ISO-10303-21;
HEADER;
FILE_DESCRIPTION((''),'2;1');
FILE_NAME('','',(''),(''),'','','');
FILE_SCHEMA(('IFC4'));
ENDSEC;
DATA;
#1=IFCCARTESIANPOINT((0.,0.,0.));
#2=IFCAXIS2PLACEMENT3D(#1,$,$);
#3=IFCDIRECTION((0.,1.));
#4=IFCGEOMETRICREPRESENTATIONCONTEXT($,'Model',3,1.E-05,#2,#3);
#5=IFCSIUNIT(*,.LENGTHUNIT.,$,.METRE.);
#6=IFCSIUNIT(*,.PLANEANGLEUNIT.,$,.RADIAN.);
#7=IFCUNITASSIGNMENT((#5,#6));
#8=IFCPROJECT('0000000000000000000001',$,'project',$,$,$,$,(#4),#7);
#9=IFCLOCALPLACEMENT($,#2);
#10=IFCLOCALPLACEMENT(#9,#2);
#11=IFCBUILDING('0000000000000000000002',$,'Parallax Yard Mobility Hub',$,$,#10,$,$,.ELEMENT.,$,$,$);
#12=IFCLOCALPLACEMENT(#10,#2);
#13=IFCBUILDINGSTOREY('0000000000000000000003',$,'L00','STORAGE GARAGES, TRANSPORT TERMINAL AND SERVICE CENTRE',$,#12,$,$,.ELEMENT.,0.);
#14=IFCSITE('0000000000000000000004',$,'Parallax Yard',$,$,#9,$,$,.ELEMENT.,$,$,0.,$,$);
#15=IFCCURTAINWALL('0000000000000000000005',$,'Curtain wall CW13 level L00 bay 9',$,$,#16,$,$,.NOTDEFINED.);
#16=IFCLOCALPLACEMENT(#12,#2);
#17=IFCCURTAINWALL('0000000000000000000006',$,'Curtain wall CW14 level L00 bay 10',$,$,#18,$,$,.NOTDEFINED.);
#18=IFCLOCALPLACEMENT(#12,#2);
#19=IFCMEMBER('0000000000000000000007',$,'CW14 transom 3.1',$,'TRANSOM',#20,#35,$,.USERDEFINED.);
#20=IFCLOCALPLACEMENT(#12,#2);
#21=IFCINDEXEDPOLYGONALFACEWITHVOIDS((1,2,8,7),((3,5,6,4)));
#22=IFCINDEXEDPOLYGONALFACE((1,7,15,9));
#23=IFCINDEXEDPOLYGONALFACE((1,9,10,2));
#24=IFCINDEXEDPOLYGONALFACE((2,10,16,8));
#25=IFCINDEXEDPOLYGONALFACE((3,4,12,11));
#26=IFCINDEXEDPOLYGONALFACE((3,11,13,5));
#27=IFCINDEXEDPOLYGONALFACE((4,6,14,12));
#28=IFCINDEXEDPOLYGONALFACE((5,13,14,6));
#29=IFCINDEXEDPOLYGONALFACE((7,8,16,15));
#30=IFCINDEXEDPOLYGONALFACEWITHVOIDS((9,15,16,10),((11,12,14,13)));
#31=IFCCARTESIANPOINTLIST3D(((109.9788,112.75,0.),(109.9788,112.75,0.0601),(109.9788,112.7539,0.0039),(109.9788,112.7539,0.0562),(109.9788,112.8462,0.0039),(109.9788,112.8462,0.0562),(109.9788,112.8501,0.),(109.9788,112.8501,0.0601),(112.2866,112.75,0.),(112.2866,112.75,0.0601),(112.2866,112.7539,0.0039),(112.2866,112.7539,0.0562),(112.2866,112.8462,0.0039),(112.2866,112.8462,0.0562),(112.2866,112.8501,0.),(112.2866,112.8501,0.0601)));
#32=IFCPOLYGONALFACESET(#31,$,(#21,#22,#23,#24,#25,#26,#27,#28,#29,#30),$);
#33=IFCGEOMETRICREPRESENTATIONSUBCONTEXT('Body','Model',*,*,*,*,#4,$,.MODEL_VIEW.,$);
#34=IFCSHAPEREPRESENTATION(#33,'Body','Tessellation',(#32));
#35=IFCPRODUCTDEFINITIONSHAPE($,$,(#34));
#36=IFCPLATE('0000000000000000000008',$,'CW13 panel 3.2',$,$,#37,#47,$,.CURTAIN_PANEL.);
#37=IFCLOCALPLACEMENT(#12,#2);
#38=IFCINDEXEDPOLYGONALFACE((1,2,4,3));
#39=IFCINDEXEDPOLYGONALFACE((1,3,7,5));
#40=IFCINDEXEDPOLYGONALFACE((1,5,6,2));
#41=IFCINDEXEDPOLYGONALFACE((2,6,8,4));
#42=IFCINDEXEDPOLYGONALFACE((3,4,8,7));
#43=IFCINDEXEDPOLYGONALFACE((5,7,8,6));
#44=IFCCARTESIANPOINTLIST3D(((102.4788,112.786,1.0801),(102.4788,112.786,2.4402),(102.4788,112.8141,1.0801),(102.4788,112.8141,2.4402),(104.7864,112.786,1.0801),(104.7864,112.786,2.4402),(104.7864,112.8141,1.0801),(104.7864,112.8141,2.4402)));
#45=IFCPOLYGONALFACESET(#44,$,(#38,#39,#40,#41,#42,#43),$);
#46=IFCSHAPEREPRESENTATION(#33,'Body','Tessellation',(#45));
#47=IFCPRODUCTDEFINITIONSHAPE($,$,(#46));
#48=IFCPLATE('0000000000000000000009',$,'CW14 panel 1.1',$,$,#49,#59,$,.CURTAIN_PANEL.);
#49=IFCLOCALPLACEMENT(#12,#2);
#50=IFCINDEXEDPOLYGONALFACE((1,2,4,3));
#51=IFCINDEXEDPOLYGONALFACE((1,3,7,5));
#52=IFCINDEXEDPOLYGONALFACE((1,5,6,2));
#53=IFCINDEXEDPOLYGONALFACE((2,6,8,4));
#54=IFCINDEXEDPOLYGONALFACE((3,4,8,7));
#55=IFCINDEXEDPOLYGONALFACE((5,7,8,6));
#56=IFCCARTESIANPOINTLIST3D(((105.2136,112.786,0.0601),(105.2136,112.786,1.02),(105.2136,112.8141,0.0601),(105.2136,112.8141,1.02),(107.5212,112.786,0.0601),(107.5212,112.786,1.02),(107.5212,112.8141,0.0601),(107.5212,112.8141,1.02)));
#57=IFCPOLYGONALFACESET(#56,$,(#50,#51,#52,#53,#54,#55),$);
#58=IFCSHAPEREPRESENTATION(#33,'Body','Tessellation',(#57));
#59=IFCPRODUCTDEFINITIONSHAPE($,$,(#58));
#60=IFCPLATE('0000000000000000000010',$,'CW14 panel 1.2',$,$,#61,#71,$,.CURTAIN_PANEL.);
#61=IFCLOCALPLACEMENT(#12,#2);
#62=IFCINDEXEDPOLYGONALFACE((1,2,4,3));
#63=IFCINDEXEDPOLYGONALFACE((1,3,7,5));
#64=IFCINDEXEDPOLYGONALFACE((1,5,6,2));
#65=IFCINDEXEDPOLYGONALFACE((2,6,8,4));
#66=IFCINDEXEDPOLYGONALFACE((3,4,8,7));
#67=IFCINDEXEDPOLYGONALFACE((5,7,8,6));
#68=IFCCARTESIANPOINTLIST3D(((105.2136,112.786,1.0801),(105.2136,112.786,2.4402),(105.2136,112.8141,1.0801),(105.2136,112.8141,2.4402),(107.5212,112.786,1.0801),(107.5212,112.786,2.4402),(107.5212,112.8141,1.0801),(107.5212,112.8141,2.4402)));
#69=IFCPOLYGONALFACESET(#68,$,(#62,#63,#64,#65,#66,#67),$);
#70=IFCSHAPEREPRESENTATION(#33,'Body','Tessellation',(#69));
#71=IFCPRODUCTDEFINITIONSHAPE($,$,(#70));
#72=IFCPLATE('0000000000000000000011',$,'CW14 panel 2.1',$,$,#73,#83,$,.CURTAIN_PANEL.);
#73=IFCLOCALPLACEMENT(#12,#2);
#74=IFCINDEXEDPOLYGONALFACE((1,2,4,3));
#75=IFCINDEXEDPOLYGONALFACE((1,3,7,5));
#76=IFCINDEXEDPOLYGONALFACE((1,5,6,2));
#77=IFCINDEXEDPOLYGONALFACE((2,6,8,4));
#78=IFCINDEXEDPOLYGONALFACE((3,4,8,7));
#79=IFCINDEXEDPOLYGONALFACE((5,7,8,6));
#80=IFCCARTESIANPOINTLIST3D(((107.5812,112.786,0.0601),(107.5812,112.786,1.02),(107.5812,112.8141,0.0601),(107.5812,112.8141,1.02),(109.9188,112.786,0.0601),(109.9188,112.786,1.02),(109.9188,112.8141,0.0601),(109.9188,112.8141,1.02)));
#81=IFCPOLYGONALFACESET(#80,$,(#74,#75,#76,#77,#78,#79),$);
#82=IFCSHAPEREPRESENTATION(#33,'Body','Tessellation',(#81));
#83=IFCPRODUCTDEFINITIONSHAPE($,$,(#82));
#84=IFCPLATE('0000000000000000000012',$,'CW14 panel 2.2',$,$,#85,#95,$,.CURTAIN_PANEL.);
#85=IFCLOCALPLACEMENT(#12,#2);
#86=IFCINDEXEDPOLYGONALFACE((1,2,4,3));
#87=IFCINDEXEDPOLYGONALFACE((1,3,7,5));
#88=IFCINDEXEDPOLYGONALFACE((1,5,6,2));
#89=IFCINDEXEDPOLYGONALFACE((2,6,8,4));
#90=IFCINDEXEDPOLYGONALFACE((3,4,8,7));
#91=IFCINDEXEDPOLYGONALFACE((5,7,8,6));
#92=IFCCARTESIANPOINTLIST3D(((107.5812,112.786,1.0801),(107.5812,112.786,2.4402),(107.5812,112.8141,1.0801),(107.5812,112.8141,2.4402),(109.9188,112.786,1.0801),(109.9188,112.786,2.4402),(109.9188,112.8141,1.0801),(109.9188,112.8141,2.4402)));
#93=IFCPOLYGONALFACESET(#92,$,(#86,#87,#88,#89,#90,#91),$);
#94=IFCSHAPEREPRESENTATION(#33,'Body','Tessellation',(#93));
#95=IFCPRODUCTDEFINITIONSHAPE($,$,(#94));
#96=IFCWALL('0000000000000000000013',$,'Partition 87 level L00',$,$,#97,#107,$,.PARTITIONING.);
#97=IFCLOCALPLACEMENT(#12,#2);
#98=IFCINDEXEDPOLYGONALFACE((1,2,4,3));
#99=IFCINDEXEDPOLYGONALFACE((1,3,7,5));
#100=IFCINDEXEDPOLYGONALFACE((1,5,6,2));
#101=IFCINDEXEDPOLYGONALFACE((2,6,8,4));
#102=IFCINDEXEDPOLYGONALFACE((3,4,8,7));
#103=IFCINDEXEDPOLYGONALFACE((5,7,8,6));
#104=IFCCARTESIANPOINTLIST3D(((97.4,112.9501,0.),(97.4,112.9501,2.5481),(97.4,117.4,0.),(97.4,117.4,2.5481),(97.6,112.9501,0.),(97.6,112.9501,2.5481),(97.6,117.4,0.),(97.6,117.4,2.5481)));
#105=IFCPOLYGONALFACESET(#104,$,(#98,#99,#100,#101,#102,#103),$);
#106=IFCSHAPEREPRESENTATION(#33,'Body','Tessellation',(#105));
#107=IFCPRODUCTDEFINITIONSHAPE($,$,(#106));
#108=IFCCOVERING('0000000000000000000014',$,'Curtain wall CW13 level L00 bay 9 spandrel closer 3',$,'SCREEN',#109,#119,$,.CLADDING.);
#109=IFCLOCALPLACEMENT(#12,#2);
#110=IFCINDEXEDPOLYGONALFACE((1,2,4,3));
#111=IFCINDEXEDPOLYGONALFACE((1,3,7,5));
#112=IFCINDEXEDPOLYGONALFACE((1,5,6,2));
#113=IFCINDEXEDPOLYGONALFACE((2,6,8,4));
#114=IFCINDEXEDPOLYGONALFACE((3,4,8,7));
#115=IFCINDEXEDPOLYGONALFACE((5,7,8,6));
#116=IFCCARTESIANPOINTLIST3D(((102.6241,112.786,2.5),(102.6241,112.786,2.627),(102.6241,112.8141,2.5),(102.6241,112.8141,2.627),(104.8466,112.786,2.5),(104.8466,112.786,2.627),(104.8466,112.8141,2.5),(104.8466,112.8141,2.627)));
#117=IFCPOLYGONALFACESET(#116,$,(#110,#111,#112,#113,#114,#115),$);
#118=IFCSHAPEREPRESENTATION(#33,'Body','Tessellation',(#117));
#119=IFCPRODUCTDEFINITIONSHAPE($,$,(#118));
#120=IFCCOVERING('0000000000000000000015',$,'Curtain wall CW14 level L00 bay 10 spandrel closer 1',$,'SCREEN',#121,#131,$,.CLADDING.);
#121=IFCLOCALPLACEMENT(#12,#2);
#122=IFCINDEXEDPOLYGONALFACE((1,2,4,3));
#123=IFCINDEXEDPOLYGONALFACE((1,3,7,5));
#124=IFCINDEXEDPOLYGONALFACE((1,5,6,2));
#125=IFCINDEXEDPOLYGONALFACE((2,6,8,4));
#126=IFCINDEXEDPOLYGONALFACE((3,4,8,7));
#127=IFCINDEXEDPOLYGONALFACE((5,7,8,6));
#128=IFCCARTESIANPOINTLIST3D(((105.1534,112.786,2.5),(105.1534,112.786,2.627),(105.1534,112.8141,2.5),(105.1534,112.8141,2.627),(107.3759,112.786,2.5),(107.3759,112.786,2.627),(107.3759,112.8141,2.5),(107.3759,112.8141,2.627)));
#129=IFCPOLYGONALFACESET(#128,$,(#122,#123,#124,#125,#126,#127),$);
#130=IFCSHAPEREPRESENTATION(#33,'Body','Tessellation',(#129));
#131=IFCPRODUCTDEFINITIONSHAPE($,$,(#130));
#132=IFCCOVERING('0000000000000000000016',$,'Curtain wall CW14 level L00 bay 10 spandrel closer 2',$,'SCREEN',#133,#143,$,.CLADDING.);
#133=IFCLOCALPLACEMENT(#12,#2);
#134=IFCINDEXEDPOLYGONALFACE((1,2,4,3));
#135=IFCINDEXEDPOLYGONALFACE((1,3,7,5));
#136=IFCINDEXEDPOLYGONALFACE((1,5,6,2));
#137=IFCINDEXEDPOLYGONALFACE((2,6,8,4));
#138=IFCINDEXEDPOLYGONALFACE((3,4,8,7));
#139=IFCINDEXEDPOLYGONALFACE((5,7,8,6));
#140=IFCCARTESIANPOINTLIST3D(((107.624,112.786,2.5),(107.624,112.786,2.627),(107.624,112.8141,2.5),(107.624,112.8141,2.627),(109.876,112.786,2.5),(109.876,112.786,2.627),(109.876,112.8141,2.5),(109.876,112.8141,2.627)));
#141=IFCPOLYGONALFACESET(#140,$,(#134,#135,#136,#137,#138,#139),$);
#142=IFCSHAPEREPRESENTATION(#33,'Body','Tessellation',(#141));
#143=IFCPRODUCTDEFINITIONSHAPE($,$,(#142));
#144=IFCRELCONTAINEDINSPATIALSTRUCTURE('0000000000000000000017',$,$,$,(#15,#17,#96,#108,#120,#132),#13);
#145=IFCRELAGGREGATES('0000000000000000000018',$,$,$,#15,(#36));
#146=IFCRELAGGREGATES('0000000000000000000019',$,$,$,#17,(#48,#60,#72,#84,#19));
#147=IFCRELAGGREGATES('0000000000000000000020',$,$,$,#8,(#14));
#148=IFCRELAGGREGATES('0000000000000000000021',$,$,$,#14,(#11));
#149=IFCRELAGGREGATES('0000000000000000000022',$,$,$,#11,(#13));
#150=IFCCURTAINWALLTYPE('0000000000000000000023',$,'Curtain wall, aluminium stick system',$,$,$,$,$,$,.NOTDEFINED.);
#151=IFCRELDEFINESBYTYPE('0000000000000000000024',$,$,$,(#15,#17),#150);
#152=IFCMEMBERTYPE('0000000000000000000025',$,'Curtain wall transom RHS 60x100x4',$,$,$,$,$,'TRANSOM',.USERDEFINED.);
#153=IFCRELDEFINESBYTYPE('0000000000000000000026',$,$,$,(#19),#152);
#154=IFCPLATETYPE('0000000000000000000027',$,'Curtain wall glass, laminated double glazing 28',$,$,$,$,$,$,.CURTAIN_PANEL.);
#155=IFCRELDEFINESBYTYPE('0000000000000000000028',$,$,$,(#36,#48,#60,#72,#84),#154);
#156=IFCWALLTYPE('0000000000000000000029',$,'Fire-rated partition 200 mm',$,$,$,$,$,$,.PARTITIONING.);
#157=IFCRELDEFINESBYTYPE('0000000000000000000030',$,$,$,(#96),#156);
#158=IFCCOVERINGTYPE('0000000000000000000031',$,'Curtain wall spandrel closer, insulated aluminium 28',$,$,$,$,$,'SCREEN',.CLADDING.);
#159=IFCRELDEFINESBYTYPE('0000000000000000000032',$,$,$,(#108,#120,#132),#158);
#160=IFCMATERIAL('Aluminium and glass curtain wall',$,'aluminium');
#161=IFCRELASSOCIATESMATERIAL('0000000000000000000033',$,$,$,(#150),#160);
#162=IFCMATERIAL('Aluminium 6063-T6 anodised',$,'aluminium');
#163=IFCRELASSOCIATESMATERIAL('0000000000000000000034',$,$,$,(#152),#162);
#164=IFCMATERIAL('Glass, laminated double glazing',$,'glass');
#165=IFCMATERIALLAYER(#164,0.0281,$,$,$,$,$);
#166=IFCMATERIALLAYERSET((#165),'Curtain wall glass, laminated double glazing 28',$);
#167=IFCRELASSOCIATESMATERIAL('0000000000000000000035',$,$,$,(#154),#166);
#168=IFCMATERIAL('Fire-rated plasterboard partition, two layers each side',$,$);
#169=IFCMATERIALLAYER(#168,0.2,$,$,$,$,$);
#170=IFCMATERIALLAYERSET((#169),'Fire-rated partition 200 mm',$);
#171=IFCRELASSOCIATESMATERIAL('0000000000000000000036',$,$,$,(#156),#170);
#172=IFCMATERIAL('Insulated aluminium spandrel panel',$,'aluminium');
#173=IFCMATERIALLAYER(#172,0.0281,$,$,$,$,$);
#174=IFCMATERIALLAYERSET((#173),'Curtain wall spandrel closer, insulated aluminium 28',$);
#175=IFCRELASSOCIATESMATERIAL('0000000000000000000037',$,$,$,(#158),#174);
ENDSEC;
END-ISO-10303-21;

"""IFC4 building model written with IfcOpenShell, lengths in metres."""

from ifc_helpers import new_model, si_unit, direction, frame, frame_2d, origin, origin_2d, place, context, subcontext, project, spatial, rectangle, hollow_rectangle, extrude, material, layer, layer_set, material_profile, profile_set, type_object, element, aggregate, save


model = new_model("IFC4")

# Units and contexts
model_context = context("Model", 3, precision=1e-05, world=origin(), true_north=direction((0.0, 1.0)))
body_context = subcontext(model_context, "Body", "Model", "MODEL_VIEW")
ifc_project = project(units=[si_unit("LENGTHUNIT", "METRE"), si_unit("PLANEANGLEUNIT", "RADIAN")], contexts=[model_context])

# Site, building, storey
site_placement = place(None, origin())
site = spatial("IfcSite", under=ifc_project, at=site_placement, Name="Parallax Yard", CompositionType="ELEMENT", RefElevation=0.0)
building_placement = place(site_placement, origin())
building = spatial("IfcBuilding", under=site, at=building_placement, Name="Parallax Yard Mobility Hub", CompositionType="ELEMENT")
storey_placement = place(building_placement, origin())
storey = spatial("IfcBuildingStorey", under=building, at=storey_placement, Name="L00", Description="STORAGE GARAGES, TRANSPORT TERMINAL AND SERVICE CENTRE", CompositionType="ELEMENT", Elevation=0.0)

# Curtain wall
ifc_material_1 = material(Name="Aluminium and glass curtain wall", Category="aluminium")
curtain_wall_type = type_object("IfcCurtainWallType", Name="Curtain wall, aluminium stick system", PredefinedType="NOTDEFINED", material=ifc_material_1)
curtain_wall_1_placement = place(storey_placement, origin())
curtain_wall_1 = element("IfcCurtainWall", 1, at=curtain_wall_1_placement, inside=storey, type_object=curtain_wall_type, Name="Curtain wall CW13 level L00 bay 9", PredefinedType="NOTDEFINED")
ifc_material_2 = material(Name="Aluminium 6063-T6 anodised", Category="aluminium")

# Curtain wall, member
curtain_wall_2_placement = place(storey_placement, origin())
curtain_wall_2 = element("IfcCurtainWall", 2, at=curtain_wall_2_placement, inside=storey, type_object=curtain_wall_type, Name="Curtain wall CW14 level L00 bay 10", PredefinedType="NOTDEFINED")
ifc_material_profile_1 = material_profile(ifc_material_2, hollow_rectangle(XDim=0.1001, YDim=0.0601, WallThickness=0.0039, at=origin_2d()), Name="RHS 60x100x4")
ifc_profile_set_1 = profile_set([ifc_material_profile_1], Name="Aluminium 6063-T6 anodised")
member_type_1 = type_object("IfcMemberType", Name="Curtain wall transom RHS 60x100x4", ElementType="TRANSOM", PredefinedType="USERDEFINED", material=ifc_profile_set_1)
member_1_placement = place(storey_placement, frame((109.9788, 112.8, 0.03), z_axis=(1.0, 0.0, 0.0), x_axis=(0.0, 1.0, 0.0)))
member_1 = element("IfcMember", 3, at=member_1_placement, type_object=member_type_1, Name="CW14 transom 3.1", ObjectType="TRANSOM", PredefinedType="USERDEFINED", context=body_context, shape_type="SweptSolid", body=[
    extrude(hollow_rectangle(XDim=0.1001, YDim=0.0601, WallThickness=0.0039, at=origin_2d()), origin(), (0.0, 0.0, 1.0), 2.3079),
])

# Plates
ifc_material_3 = material(Name="Glass, laminated double glazing", Category="glass")
ifc_layer_1 = layer(ifc_material_3, 0.0281)
ifc_layer_set_1 = layer_set([ifc_layer_1], Name="Curtain wall glass, laminated double glazing 28")
plate_type = type_object("IfcPlateType", Name="Curtain wall glass, laminated double glazing 28", PredefinedType="CURTAIN_PANEL", material=ifc_layer_set_1)
plate_1_placement = place(storey_placement, frame((103.6326, 112.8, 1.0801), z_axis=(0.0, 0.0, 1.0), x_axis=(1.0, 0.0, 0.0)))
plate_1 = element("IfcPlate", 4, at=plate_1_placement, type_object=plate_type, Name="CW13 panel 3.2", PredefinedType="CURTAIN_PANEL", context=body_context, shape_type="SweptSolid", body=[
    extrude(rectangle(XDim=2.3076, YDim=0.0281, at=origin_2d()), origin(), (0.0, 0.0, 1.0), 1.3601),
])
aggregate(curtain_wall_1, [plate_1])
plate_2_placement = place(storey_placement, frame((106.3674, 112.8, 0.0601), z_axis=(0.0, 0.0, 1.0), x_axis=(1.0, 0.0, 0.0)))
plate_2 = element("IfcPlate", 5, at=plate_2_placement, type_object=plate_type, Name="CW14 panel 1.1", PredefinedType="CURTAIN_PANEL", context=body_context, shape_type="SweptSolid", body=[
    extrude(rectangle(XDim=2.3076, YDim=0.0281, at=origin_2d()), origin(), (0.0, 0.0, 1.0), 0.96),
])
plate_3_placement = place(storey_placement, frame((106.3674, 112.8, 1.0801), z_axis=(0.0, 0.0, 1.0), x_axis=(1.0, 0.0, 0.0)))
plate_3 = element("IfcPlate", 6, at=plate_3_placement, type_object=plate_type, Name="CW14 panel 1.2", PredefinedType="CURTAIN_PANEL", context=body_context, shape_type="SweptSolid", body=[
    extrude(rectangle(XDim=2.3076, YDim=0.0281, at=origin_2d()), origin(), (0.0, 0.0, 1.0), 1.3601),
])
plate_4_placement = place(storey_placement, frame((108.75, 112.8, 0.0601), z_axis=(0.0, 0.0, 1.0), x_axis=(1.0, 0.0, 0.0)))
plate_4 = element("IfcPlate", 7, at=plate_4_placement, type_object=plate_type, Name="CW14 panel 2.1", PredefinedType="CURTAIN_PANEL", context=body_context, shape_type="SweptSolid", body=[
    extrude(rectangle(XDim=2.3376, YDim=0.0281, at=origin_2d()), origin(), (0.0, 0.0, 1.0), 0.96),
])
plate_5_placement = place(storey_placement, frame((108.75, 112.8, 1.0801), z_axis=(0.0, 0.0, 1.0), x_axis=(1.0, 0.0, 0.0)))
plate_5 = element("IfcPlate", 8, at=plate_5_placement, type_object=plate_type, Name="CW14 panel 2.2", PredefinedType="CURTAIN_PANEL", context=body_context, shape_type="SweptSolid", body=[
    extrude(rectangle(XDim=2.3376, YDim=0.0281, at=origin_2d()), origin(), (0.0, 0.0, 1.0), 1.3601),
])
aggregate(curtain_wall_2, [plate_2, plate_3, plate_4, plate_5, member_1])

# Wall
ifc_material_4 = material(Name="Fire-rated plasterboard partition, two layers each side")
ifc_layer_2 = layer(ifc_material_4, 0.2)
ifc_layer_set_2 = layer_set([ifc_layer_2], Name="Fire-rated partition 200 mm")
wall_type = type_object("IfcWallType", Name="Fire-rated partition 200 mm", PredefinedType="PARTITIONING", material=ifc_layer_set_2)
wall_placement = place(storey_placement, frame((97.5, 112.95, 0.0), z_axis=(0.0, 0.0, 1.0), x_axis=(0.0, 1.0, 0.0)))
element("IfcWall", 9, at=wall_placement, inside=storey, type_object=wall_type, Name="Partition 87 level L00", PredefinedType="PARTITIONING", context=body_context, shape_type="SweptSolid", body=[
    extrude(rectangle(XDim=4.45, YDim=0.2, at=frame_2d((2.2251, 0.0))), origin(), (0.0, 0.0, 1.0), 2.5481),
])

# Coverings
ifc_material_5 = material(Name="Insulated aluminium spandrel panel", Category="aluminium")
ifc_layer_3 = layer(ifc_material_5, 0.0281)
ifc_layer_set_3 = layer_set([ifc_layer_3], Name="Curtain wall spandrel closer, insulated aluminium 28")
covering_type = type_object("IfcCoveringType", Name="Curtain wall spandrel closer, insulated aluminium 28", ElementType="SCREEN", PredefinedType="CLADDING", material=ifc_layer_set_3)
for number, where, z_axis, x_axis, name in (
    (10, (103.7354, 112.8, 2.5), (0.0, 0.0, 1.0), (1.0, 0.0, 0.0), "Curtain wall CW13 level L00 bay 9 spandrel closer 3"),
    (11, (106.2646, 112.8, 2.5), (0.0, 0.0, 1.0), (1.0, 0.0, 0.0), "Curtain wall CW14 level L00 bay 10 spandrel closer 1"),
):
    element("IfcCovering", number, at=place(storey_placement, frame(where, z_axis=z_axis, x_axis=x_axis)), inside=storey, type_object=covering_type, Name=name, ObjectType="SCREEN", PredefinedType="CLADDING", context=body_context, shape_type="SweptSolid", body=[
        extrude(rectangle(XDim=2.2224, YDim=0.0281, at=origin_2d()), origin(), (0.0, 0.0, 1.0), 0.127),
    ])
covering_placement = place(storey_placement, frame((108.75, 112.8, 2.5), z_axis=(0.0, 0.0, 1.0), x_axis=(1.0, 0.0, 0.0)))
element("IfcCovering", 12, at=covering_placement, inside=storey, type_object=covering_type, Name="Curtain wall CW14 level L00 bay 10 spandrel closer 2", ObjectType="SCREEN", PredefinedType="CLADDING", context=body_context, shape_type="SweptSolid", body=[
    extrude(rectangle(XDim=2.252, YDim=0.0281, at=origin_2d()), origin(), (0.0, 0.0, 1.0), 0.127),
])

save(model, "model.ifc")
